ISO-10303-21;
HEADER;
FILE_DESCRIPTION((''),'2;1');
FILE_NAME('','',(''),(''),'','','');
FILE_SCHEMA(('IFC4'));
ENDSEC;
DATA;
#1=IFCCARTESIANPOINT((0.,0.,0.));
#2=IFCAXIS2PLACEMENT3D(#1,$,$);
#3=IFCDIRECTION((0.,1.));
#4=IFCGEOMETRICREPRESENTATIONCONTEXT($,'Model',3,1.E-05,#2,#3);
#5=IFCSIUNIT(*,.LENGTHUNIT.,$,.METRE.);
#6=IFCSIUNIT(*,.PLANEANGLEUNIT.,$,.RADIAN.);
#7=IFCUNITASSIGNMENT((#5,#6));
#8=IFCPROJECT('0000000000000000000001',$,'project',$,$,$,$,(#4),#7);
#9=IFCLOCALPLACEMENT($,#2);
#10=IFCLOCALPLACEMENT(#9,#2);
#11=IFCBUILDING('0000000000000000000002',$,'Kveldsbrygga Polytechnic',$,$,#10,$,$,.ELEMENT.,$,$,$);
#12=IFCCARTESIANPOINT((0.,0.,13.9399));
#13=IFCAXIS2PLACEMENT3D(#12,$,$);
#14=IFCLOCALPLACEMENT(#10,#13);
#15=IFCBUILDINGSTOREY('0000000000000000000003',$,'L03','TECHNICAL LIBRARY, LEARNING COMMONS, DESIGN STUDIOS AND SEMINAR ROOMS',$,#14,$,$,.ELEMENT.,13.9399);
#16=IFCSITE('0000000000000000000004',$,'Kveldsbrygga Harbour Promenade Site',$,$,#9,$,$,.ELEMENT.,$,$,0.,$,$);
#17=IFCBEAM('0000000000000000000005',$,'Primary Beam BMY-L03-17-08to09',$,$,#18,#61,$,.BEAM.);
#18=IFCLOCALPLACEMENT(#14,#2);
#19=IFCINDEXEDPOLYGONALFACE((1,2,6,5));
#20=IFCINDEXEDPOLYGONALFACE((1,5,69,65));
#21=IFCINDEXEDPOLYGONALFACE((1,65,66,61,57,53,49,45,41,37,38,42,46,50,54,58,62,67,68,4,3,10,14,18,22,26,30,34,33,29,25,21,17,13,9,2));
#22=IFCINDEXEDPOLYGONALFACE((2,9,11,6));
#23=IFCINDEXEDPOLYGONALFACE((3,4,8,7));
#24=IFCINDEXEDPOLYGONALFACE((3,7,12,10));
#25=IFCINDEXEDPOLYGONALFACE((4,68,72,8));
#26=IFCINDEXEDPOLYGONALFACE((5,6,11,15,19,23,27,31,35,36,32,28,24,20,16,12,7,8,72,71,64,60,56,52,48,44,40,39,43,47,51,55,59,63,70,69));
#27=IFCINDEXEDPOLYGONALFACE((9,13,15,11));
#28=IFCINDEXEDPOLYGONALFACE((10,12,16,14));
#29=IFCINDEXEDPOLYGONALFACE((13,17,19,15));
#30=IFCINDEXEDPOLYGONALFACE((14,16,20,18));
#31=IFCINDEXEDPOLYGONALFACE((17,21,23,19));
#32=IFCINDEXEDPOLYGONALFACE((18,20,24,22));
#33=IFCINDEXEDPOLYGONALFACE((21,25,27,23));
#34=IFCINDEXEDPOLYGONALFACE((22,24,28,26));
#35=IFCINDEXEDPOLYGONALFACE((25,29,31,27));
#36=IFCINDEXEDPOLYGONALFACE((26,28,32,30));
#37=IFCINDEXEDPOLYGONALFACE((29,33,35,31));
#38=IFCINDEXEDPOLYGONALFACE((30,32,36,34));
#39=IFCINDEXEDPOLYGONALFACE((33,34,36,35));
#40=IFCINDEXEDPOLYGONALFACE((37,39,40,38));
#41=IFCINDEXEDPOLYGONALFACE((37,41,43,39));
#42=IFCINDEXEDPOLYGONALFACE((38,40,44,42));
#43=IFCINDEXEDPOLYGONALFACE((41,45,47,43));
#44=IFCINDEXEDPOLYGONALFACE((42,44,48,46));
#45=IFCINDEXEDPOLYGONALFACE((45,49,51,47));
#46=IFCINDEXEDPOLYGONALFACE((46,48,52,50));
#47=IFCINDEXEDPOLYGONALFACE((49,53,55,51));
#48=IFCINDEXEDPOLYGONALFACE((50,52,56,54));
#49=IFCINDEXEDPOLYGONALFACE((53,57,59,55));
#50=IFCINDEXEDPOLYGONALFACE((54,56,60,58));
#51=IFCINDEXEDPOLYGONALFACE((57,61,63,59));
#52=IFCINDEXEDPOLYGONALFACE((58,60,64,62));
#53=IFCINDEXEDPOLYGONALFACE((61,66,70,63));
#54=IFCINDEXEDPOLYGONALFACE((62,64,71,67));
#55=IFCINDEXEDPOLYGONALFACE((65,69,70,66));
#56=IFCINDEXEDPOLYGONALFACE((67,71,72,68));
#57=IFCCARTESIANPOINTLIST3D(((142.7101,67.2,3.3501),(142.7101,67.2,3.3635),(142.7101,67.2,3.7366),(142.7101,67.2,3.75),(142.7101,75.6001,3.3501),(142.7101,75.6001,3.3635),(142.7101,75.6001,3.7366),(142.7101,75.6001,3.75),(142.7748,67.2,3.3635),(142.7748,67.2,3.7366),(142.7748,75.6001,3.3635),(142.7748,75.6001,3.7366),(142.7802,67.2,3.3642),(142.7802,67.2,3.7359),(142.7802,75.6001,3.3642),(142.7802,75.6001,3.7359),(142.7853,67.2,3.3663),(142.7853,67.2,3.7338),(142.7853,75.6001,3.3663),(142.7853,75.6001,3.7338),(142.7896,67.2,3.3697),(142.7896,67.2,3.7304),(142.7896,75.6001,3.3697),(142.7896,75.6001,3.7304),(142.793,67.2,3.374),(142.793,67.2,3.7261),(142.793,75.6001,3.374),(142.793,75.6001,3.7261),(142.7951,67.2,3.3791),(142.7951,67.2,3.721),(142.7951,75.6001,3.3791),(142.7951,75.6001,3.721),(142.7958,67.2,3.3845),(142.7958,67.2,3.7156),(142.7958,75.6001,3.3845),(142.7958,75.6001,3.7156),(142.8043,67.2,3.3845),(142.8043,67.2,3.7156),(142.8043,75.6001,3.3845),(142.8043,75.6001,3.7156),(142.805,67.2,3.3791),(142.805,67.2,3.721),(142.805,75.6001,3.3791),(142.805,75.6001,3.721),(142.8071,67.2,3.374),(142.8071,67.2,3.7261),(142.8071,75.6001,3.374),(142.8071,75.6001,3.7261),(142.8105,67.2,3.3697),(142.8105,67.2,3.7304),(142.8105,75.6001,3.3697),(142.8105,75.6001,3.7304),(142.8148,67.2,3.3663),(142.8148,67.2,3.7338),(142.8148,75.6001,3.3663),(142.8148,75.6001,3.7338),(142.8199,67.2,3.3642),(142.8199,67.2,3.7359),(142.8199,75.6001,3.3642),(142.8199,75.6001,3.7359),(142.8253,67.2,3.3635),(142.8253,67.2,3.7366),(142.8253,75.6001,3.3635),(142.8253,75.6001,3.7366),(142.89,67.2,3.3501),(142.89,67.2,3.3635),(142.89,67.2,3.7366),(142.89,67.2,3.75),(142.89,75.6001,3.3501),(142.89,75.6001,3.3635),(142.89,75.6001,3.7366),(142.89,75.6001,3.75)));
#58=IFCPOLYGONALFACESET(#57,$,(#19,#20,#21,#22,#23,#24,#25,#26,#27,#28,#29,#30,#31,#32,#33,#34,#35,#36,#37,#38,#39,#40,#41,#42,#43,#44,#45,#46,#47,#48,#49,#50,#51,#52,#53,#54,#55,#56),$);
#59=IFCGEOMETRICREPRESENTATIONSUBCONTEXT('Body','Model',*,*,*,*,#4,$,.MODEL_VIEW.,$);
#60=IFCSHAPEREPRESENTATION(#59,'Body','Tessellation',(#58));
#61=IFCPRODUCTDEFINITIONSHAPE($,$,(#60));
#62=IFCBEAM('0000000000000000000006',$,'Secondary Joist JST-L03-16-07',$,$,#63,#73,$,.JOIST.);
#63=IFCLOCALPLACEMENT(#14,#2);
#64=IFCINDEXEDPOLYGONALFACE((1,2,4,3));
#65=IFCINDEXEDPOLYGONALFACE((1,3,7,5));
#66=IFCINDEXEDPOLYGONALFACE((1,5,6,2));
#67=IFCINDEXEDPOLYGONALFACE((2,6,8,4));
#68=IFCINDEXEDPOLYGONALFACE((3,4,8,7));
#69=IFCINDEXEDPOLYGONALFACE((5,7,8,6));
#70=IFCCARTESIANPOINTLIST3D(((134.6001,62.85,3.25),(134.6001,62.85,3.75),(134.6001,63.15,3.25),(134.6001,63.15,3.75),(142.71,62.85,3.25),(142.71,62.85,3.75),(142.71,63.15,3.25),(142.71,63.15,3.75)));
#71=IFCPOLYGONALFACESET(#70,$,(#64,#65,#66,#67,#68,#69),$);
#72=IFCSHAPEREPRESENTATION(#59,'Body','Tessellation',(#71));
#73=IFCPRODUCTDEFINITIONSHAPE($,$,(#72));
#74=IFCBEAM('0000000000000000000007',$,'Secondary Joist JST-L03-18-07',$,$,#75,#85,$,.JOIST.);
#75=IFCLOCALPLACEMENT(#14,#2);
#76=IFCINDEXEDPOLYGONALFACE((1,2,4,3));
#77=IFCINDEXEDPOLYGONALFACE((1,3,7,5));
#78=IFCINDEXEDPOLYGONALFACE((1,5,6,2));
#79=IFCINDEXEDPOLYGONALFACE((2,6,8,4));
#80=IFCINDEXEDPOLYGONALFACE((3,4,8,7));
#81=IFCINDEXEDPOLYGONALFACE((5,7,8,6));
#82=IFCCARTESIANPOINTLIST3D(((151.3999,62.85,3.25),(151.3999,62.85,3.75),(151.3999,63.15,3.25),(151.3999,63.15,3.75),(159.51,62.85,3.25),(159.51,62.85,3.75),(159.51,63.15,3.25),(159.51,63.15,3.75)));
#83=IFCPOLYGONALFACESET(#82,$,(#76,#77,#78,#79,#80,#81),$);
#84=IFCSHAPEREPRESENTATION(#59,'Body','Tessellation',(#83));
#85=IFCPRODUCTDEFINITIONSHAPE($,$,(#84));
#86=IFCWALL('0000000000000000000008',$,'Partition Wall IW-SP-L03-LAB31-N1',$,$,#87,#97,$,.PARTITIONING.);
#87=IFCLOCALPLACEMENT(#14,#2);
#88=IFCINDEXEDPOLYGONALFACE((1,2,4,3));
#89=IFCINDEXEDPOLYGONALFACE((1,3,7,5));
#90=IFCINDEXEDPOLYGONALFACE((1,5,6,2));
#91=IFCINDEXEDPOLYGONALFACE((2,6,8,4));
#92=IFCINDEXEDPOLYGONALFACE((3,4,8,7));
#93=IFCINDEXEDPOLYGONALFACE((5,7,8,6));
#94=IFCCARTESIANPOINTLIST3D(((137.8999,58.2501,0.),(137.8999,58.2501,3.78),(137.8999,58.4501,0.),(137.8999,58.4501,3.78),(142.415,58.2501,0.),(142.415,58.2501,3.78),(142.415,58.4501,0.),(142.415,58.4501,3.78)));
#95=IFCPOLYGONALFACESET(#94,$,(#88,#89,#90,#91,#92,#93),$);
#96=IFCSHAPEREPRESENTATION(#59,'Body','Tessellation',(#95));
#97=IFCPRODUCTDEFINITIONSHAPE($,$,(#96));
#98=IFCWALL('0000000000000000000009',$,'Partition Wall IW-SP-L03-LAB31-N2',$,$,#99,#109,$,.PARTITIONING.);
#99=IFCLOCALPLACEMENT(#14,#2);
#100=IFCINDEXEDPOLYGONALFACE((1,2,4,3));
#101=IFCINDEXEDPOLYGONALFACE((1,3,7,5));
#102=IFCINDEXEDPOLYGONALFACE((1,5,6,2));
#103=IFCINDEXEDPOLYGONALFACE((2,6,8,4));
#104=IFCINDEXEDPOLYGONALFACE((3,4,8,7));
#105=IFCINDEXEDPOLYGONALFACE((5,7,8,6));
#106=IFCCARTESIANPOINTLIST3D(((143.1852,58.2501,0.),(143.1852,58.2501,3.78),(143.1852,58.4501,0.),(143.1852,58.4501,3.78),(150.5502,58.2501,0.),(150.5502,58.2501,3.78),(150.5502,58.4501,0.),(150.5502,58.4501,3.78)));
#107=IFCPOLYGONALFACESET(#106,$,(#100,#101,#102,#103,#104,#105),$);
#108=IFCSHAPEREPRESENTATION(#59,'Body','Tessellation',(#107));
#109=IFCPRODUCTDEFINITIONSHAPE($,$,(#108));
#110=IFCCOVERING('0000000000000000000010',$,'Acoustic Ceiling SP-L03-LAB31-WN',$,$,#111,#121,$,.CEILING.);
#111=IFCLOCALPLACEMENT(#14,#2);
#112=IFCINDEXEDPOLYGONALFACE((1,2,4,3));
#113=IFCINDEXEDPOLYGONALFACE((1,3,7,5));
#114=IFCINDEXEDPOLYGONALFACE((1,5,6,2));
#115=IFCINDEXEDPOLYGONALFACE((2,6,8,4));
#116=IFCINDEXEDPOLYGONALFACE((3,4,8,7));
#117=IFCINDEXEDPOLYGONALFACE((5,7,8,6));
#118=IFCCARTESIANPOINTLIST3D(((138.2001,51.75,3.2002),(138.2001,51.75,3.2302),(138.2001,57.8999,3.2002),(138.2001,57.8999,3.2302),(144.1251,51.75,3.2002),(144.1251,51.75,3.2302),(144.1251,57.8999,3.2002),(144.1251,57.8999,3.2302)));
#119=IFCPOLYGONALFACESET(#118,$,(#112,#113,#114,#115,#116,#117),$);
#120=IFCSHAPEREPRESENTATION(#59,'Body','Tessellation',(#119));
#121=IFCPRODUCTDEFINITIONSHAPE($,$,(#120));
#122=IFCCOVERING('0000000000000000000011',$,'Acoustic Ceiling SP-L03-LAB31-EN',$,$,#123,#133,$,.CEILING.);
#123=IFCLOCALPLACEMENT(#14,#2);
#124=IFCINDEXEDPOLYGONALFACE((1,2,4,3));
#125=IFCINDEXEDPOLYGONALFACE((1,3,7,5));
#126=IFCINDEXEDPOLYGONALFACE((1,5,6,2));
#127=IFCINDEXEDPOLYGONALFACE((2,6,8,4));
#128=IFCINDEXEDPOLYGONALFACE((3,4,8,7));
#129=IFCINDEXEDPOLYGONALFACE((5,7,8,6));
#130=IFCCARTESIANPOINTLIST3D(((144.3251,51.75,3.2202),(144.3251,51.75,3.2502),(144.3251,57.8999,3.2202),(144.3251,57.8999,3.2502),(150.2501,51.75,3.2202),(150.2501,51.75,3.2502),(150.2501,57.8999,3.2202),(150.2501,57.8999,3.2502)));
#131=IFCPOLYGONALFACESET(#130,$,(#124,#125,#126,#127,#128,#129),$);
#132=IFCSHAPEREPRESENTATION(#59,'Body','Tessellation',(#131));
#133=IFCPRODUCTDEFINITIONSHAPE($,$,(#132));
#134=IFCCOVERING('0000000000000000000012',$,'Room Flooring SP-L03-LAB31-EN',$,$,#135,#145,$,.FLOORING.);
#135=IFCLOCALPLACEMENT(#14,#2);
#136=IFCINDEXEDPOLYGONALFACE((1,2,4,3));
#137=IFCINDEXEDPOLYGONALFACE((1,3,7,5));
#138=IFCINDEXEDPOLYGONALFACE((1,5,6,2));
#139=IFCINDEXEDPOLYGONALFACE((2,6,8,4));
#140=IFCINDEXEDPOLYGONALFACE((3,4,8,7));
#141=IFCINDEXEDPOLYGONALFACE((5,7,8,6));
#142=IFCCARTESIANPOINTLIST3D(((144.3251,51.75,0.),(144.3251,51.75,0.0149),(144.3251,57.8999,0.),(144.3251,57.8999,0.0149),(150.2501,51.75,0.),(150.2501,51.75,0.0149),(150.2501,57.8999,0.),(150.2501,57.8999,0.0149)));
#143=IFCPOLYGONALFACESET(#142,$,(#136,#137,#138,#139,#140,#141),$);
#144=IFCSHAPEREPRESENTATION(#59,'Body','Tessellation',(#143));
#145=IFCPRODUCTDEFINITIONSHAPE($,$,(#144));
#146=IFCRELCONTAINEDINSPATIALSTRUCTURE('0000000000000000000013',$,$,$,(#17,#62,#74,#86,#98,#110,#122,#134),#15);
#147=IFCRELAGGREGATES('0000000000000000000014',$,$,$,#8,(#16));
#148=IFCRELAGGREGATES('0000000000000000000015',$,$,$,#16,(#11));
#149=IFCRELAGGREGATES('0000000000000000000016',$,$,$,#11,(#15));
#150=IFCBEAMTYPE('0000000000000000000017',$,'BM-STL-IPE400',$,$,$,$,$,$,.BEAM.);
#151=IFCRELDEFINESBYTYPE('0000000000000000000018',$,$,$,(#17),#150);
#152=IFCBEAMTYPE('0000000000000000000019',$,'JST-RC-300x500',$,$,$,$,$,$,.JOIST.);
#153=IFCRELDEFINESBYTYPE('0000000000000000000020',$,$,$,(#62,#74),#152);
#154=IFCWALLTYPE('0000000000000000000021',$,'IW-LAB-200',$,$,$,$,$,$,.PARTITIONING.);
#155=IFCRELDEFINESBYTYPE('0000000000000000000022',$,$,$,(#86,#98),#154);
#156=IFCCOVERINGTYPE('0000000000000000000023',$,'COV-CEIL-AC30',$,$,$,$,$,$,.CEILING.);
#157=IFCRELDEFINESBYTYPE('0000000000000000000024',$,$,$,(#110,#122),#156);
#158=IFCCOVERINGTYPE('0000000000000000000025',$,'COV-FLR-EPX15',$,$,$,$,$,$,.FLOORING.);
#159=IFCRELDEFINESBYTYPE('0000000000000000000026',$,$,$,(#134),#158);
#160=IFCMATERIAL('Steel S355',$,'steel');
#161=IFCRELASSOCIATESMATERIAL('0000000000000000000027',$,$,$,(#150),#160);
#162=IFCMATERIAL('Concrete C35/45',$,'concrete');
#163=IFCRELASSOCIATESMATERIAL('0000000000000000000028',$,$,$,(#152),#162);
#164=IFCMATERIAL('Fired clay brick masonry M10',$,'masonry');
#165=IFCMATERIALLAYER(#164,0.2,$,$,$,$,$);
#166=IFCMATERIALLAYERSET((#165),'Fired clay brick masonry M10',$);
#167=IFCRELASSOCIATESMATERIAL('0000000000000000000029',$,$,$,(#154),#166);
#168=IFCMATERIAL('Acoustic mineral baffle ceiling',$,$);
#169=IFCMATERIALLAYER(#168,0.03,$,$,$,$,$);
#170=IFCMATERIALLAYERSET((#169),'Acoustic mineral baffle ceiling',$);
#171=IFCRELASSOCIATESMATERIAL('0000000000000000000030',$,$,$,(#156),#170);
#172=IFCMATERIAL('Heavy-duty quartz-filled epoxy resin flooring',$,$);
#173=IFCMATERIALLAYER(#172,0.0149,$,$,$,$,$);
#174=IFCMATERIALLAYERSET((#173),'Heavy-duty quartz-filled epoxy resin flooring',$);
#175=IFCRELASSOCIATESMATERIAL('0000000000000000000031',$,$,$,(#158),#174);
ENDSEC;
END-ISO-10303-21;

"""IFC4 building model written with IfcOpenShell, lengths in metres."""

from ifc_helpers import new_model, si_unit, direction, frame, frame_2d, origin, origin_2d, place, context, subcontext, project, spatial, rectangle, i_section, extrude, material, layer, layer_set, material_profile, profile_set, type_object, element, save


model = new_model("IFC4")

# Units and contexts
model_context = context("Model", 3, precision=1e-05, world=origin(), true_north=direction((0.0, 1.0)))
body_context = subcontext(model_context, "Body", "Model", "MODEL_VIEW")
ifc_project = project(units=[si_unit("LENGTHUNIT", "METRE"), si_unit("PLANEANGLEUNIT", "RADIAN")], contexts=[model_context])

# Site, building, storey
site_placement = place(None, origin())
site = spatial("IfcSite", under=ifc_project, at=site_placement, Name="Kveldsbrygga Harbour Promenade Site", CompositionType="ELEMENT", RefElevation=0.0)
building_placement = place(site_placement, origin())
building = spatial("IfcBuilding", under=site, at=building_placement, Name="Kveldsbrygga Polytechnic", CompositionType="ELEMENT")
storey_placement = place(building_placement, frame((0.0, 0.0, 13.9399)))
storey = spatial("IfcBuildingStorey", under=building, at=storey_placement, Name="L03", Description="TECHNICAL LIBRARY, LEARNING COMMONS, DESIGN STUDIOS AND SEMINAR ROOMS", CompositionType="ELEMENT", Elevation=13.9399)

# Beams
ifc_material_1 = material(Name="Concrete C35/45", Category="concrete")
ifc_material_2 = material(Name="Steel S355", Category="steel")
ifc_material_profile_1 = material_profile(ifc_material_2, i_section(OverallWidth=0.1799, OverallDepth=0.3999, WebThickness=0.0085, FlangeThickness=0.0134, FilletRadius=0.021, at=origin_2d()), Name="IPE 400")
ifc_profile_set_1 = profile_set([ifc_material_profile_1], Name="Steel S355")
beam_type_1 = type_object("IfcBeamType", Name="BM-STL-IPE400", PredefinedType="BEAM", material=ifc_profile_set_1)
beam_1_placement = place(storey_placement, frame((142.8, 67.2, 3.55), z_axis=(0.0, 1.0, 0.0), x_axis=(-1.0, 0.0, 0.0)))
element("IfcBeam", 1, at=beam_1_placement, inside=storey, type_object=beam_type_1, Name="Primary Beam BMY-L03-17-08to09", PredefinedType="BEAM", context=body_context, shape_type="SweptSolid", body=[
    extrude(i_section(OverallWidth=0.1799, OverallDepth=0.3999, WebThickness=0.0085, FlangeThickness=0.0134, FilletRadius=0.021, at=origin_2d()), origin(), (0.0, 0.0, 1.0), 8.4001),
])
ifc_material_profile_2 = material_profile(ifc_material_1, rectangle(XDim=0.3, YDim=0.5, at=origin_2d()), Name="RC 300x500")
ifc_profile_set_2 = profile_set([ifc_material_profile_2], Name="Concrete C35/45")
beam_type_2 = type_object("IfcBeamType", Name="JST-RC-300x500", PredefinedType="JOIST", material=ifc_profile_set_2)
beam_2_placement = place(storey_placement, frame((134.6001, 63.0, 3.5), z_axis=(1.0, 0.0, 0.0), x_axis=(0.0, 1.0, 0.0)))
element("IfcBeam", 2, at=beam_2_placement, inside=storey, type_object=beam_type_2, Name="Secondary Joist JST-L03-16-07", PredefinedType="JOIST", context=body_context, shape_type="SweptSolid", body=[
    extrude(rectangle(XDim=0.3, YDim=0.5, at=origin_2d()), origin(), (0.0, 0.0, 1.0), 8.1099),
])
beam_3_placement = place(storey_placement, frame((151.3999, 63.0, 3.5), z_axis=(1.0, 0.0, 0.0), x_axis=(0.0, 1.0, 0.0)))
element("IfcBeam", 3, at=beam_3_placement, inside=storey, type_object=beam_type_2, Name="Secondary Joist JST-L03-18-07", PredefinedType="JOIST", context=body_context, shape_type="SweptSolid", body=[
    extrude(rectangle(XDim=0.3, YDim=0.5, at=origin_2d()), origin(), (0.0, 0.0, 1.0), 8.1101),
])

# Walls
ifc_material_3 = material(Name="Fired clay brick masonry M10", Category="masonry")
ifc_layer_1 = layer(ifc_material_3, 0.2)
ifc_layer_set_1 = layer_set([ifc_layer_1], Name="Fired clay brick masonry M10")
wall_type = type_object("IfcWallType", Name="IW-LAB-200", PredefinedType="PARTITIONING", material=ifc_layer_set_1)
wall_1_placement = place(storey_placement, frame((137.8999, 58.3501, 0.0), z_axis=(0.0, 0.0, 1.0), x_axis=(1.0, 0.0, 0.0)))
element("IfcWall", 4, at=wall_1_placement, inside=storey, type_object=wall_type, Name="Partition Wall IW-SP-L03-LAB31-N1", PredefinedType="PARTITIONING", context=body_context, shape_type="SweptSolid", body=[
    extrude(rectangle(XDim=4.5151, YDim=0.2, at=frame_2d((2.2576, 0.0))), origin(), (0.0, 0.0, 1.0), 3.78),
])
wall_2_placement = place(storey_placement, frame((143.1851, 58.3501, 0.0), z_axis=(0.0, 0.0, 1.0), x_axis=(1.0, 0.0, 0.0)))
element("IfcWall", 5, at=wall_2_placement, inside=storey, type_object=wall_type, Name="Partition Wall IW-SP-L03-LAB31-N2", PredefinedType="PARTITIONING", context=body_context, shape_type="SweptSolid", body=[
    extrude(rectangle(XDim=7.365, YDim=0.2, at=frame_2d((3.6826, 0.0))), origin(), (0.0, 0.0, 1.0), 3.78),
])

# Coverings
ifc_material_4 = material(Name="Acoustic mineral baffle ceiling")
ifc_layer_2 = layer(ifc_material_4, 0.03)
ifc_layer_set_2 = layer_set([ifc_layer_2], Name="Acoustic mineral baffle ceiling")
covering_type_1 = type_object("IfcCoveringType", Name="COV-CEIL-AC30", PredefinedType="CEILING", material=ifc_layer_set_2)
for number, where, z_axis, x_axis, name in (
    (6, (141.1626, 54.825, 3.2002), (0.0, 0.0, 1.0), (1.0, 0.0, 0.0), "Acoustic Ceiling SP-L03-LAB31-WN"),
    (7, (147.2876, 54.825, 3.2202), (0.0, 0.0, 1.0), (1.0, 0.0, 0.0), "Acoustic Ceiling SP-L03-LAB31-EN"),
):
    element("IfcCovering", number, at=place(storey_placement, frame(where, z_axis=z_axis, x_axis=x_axis)), inside=storey, type_object=covering_type_1, Name=name, PredefinedType="CEILING", context=body_context, shape_type="SweptSolid", body=[
        extrude(rectangle(XDim=5.925, YDim=6.1499, at=origin_2d()), origin(), (0.0, 0.0, 1.0), 0.03),
    ])
ifc_material_5 = material(Name="Heavy-duty quartz-filled epoxy resin flooring")
ifc_layer_3 = layer(ifc_material_5, 0.0149)
ifc_layer_set_3 = layer_set([ifc_layer_3], Name="Heavy-duty quartz-filled epoxy resin flooring")
covering_type_2 = type_object("IfcCoveringType", Name="COV-FLR-EPX15", PredefinedType="FLOORING", material=ifc_layer_set_3)
covering_placement = place(storey_placement, frame((147.2876, 54.825, 0.0), z_axis=(0.0, 0.0, 1.0), x_axis=(1.0, 0.0, 0.0)))
element("IfcCovering", 8, at=covering_placement, inside=storey, type_object=covering_type_2, Name="Room Flooring SP-L03-LAB31-EN", PredefinedType="FLOORING", context=body_context, shape_type="SweptSolid", body=[
    extrude(rectangle(XDim=5.925, YDim=6.1499, at=origin_2d()), origin(), (0.0, 0.0, 1.0), 0.0149),
])

save(model, "model.ifc")
